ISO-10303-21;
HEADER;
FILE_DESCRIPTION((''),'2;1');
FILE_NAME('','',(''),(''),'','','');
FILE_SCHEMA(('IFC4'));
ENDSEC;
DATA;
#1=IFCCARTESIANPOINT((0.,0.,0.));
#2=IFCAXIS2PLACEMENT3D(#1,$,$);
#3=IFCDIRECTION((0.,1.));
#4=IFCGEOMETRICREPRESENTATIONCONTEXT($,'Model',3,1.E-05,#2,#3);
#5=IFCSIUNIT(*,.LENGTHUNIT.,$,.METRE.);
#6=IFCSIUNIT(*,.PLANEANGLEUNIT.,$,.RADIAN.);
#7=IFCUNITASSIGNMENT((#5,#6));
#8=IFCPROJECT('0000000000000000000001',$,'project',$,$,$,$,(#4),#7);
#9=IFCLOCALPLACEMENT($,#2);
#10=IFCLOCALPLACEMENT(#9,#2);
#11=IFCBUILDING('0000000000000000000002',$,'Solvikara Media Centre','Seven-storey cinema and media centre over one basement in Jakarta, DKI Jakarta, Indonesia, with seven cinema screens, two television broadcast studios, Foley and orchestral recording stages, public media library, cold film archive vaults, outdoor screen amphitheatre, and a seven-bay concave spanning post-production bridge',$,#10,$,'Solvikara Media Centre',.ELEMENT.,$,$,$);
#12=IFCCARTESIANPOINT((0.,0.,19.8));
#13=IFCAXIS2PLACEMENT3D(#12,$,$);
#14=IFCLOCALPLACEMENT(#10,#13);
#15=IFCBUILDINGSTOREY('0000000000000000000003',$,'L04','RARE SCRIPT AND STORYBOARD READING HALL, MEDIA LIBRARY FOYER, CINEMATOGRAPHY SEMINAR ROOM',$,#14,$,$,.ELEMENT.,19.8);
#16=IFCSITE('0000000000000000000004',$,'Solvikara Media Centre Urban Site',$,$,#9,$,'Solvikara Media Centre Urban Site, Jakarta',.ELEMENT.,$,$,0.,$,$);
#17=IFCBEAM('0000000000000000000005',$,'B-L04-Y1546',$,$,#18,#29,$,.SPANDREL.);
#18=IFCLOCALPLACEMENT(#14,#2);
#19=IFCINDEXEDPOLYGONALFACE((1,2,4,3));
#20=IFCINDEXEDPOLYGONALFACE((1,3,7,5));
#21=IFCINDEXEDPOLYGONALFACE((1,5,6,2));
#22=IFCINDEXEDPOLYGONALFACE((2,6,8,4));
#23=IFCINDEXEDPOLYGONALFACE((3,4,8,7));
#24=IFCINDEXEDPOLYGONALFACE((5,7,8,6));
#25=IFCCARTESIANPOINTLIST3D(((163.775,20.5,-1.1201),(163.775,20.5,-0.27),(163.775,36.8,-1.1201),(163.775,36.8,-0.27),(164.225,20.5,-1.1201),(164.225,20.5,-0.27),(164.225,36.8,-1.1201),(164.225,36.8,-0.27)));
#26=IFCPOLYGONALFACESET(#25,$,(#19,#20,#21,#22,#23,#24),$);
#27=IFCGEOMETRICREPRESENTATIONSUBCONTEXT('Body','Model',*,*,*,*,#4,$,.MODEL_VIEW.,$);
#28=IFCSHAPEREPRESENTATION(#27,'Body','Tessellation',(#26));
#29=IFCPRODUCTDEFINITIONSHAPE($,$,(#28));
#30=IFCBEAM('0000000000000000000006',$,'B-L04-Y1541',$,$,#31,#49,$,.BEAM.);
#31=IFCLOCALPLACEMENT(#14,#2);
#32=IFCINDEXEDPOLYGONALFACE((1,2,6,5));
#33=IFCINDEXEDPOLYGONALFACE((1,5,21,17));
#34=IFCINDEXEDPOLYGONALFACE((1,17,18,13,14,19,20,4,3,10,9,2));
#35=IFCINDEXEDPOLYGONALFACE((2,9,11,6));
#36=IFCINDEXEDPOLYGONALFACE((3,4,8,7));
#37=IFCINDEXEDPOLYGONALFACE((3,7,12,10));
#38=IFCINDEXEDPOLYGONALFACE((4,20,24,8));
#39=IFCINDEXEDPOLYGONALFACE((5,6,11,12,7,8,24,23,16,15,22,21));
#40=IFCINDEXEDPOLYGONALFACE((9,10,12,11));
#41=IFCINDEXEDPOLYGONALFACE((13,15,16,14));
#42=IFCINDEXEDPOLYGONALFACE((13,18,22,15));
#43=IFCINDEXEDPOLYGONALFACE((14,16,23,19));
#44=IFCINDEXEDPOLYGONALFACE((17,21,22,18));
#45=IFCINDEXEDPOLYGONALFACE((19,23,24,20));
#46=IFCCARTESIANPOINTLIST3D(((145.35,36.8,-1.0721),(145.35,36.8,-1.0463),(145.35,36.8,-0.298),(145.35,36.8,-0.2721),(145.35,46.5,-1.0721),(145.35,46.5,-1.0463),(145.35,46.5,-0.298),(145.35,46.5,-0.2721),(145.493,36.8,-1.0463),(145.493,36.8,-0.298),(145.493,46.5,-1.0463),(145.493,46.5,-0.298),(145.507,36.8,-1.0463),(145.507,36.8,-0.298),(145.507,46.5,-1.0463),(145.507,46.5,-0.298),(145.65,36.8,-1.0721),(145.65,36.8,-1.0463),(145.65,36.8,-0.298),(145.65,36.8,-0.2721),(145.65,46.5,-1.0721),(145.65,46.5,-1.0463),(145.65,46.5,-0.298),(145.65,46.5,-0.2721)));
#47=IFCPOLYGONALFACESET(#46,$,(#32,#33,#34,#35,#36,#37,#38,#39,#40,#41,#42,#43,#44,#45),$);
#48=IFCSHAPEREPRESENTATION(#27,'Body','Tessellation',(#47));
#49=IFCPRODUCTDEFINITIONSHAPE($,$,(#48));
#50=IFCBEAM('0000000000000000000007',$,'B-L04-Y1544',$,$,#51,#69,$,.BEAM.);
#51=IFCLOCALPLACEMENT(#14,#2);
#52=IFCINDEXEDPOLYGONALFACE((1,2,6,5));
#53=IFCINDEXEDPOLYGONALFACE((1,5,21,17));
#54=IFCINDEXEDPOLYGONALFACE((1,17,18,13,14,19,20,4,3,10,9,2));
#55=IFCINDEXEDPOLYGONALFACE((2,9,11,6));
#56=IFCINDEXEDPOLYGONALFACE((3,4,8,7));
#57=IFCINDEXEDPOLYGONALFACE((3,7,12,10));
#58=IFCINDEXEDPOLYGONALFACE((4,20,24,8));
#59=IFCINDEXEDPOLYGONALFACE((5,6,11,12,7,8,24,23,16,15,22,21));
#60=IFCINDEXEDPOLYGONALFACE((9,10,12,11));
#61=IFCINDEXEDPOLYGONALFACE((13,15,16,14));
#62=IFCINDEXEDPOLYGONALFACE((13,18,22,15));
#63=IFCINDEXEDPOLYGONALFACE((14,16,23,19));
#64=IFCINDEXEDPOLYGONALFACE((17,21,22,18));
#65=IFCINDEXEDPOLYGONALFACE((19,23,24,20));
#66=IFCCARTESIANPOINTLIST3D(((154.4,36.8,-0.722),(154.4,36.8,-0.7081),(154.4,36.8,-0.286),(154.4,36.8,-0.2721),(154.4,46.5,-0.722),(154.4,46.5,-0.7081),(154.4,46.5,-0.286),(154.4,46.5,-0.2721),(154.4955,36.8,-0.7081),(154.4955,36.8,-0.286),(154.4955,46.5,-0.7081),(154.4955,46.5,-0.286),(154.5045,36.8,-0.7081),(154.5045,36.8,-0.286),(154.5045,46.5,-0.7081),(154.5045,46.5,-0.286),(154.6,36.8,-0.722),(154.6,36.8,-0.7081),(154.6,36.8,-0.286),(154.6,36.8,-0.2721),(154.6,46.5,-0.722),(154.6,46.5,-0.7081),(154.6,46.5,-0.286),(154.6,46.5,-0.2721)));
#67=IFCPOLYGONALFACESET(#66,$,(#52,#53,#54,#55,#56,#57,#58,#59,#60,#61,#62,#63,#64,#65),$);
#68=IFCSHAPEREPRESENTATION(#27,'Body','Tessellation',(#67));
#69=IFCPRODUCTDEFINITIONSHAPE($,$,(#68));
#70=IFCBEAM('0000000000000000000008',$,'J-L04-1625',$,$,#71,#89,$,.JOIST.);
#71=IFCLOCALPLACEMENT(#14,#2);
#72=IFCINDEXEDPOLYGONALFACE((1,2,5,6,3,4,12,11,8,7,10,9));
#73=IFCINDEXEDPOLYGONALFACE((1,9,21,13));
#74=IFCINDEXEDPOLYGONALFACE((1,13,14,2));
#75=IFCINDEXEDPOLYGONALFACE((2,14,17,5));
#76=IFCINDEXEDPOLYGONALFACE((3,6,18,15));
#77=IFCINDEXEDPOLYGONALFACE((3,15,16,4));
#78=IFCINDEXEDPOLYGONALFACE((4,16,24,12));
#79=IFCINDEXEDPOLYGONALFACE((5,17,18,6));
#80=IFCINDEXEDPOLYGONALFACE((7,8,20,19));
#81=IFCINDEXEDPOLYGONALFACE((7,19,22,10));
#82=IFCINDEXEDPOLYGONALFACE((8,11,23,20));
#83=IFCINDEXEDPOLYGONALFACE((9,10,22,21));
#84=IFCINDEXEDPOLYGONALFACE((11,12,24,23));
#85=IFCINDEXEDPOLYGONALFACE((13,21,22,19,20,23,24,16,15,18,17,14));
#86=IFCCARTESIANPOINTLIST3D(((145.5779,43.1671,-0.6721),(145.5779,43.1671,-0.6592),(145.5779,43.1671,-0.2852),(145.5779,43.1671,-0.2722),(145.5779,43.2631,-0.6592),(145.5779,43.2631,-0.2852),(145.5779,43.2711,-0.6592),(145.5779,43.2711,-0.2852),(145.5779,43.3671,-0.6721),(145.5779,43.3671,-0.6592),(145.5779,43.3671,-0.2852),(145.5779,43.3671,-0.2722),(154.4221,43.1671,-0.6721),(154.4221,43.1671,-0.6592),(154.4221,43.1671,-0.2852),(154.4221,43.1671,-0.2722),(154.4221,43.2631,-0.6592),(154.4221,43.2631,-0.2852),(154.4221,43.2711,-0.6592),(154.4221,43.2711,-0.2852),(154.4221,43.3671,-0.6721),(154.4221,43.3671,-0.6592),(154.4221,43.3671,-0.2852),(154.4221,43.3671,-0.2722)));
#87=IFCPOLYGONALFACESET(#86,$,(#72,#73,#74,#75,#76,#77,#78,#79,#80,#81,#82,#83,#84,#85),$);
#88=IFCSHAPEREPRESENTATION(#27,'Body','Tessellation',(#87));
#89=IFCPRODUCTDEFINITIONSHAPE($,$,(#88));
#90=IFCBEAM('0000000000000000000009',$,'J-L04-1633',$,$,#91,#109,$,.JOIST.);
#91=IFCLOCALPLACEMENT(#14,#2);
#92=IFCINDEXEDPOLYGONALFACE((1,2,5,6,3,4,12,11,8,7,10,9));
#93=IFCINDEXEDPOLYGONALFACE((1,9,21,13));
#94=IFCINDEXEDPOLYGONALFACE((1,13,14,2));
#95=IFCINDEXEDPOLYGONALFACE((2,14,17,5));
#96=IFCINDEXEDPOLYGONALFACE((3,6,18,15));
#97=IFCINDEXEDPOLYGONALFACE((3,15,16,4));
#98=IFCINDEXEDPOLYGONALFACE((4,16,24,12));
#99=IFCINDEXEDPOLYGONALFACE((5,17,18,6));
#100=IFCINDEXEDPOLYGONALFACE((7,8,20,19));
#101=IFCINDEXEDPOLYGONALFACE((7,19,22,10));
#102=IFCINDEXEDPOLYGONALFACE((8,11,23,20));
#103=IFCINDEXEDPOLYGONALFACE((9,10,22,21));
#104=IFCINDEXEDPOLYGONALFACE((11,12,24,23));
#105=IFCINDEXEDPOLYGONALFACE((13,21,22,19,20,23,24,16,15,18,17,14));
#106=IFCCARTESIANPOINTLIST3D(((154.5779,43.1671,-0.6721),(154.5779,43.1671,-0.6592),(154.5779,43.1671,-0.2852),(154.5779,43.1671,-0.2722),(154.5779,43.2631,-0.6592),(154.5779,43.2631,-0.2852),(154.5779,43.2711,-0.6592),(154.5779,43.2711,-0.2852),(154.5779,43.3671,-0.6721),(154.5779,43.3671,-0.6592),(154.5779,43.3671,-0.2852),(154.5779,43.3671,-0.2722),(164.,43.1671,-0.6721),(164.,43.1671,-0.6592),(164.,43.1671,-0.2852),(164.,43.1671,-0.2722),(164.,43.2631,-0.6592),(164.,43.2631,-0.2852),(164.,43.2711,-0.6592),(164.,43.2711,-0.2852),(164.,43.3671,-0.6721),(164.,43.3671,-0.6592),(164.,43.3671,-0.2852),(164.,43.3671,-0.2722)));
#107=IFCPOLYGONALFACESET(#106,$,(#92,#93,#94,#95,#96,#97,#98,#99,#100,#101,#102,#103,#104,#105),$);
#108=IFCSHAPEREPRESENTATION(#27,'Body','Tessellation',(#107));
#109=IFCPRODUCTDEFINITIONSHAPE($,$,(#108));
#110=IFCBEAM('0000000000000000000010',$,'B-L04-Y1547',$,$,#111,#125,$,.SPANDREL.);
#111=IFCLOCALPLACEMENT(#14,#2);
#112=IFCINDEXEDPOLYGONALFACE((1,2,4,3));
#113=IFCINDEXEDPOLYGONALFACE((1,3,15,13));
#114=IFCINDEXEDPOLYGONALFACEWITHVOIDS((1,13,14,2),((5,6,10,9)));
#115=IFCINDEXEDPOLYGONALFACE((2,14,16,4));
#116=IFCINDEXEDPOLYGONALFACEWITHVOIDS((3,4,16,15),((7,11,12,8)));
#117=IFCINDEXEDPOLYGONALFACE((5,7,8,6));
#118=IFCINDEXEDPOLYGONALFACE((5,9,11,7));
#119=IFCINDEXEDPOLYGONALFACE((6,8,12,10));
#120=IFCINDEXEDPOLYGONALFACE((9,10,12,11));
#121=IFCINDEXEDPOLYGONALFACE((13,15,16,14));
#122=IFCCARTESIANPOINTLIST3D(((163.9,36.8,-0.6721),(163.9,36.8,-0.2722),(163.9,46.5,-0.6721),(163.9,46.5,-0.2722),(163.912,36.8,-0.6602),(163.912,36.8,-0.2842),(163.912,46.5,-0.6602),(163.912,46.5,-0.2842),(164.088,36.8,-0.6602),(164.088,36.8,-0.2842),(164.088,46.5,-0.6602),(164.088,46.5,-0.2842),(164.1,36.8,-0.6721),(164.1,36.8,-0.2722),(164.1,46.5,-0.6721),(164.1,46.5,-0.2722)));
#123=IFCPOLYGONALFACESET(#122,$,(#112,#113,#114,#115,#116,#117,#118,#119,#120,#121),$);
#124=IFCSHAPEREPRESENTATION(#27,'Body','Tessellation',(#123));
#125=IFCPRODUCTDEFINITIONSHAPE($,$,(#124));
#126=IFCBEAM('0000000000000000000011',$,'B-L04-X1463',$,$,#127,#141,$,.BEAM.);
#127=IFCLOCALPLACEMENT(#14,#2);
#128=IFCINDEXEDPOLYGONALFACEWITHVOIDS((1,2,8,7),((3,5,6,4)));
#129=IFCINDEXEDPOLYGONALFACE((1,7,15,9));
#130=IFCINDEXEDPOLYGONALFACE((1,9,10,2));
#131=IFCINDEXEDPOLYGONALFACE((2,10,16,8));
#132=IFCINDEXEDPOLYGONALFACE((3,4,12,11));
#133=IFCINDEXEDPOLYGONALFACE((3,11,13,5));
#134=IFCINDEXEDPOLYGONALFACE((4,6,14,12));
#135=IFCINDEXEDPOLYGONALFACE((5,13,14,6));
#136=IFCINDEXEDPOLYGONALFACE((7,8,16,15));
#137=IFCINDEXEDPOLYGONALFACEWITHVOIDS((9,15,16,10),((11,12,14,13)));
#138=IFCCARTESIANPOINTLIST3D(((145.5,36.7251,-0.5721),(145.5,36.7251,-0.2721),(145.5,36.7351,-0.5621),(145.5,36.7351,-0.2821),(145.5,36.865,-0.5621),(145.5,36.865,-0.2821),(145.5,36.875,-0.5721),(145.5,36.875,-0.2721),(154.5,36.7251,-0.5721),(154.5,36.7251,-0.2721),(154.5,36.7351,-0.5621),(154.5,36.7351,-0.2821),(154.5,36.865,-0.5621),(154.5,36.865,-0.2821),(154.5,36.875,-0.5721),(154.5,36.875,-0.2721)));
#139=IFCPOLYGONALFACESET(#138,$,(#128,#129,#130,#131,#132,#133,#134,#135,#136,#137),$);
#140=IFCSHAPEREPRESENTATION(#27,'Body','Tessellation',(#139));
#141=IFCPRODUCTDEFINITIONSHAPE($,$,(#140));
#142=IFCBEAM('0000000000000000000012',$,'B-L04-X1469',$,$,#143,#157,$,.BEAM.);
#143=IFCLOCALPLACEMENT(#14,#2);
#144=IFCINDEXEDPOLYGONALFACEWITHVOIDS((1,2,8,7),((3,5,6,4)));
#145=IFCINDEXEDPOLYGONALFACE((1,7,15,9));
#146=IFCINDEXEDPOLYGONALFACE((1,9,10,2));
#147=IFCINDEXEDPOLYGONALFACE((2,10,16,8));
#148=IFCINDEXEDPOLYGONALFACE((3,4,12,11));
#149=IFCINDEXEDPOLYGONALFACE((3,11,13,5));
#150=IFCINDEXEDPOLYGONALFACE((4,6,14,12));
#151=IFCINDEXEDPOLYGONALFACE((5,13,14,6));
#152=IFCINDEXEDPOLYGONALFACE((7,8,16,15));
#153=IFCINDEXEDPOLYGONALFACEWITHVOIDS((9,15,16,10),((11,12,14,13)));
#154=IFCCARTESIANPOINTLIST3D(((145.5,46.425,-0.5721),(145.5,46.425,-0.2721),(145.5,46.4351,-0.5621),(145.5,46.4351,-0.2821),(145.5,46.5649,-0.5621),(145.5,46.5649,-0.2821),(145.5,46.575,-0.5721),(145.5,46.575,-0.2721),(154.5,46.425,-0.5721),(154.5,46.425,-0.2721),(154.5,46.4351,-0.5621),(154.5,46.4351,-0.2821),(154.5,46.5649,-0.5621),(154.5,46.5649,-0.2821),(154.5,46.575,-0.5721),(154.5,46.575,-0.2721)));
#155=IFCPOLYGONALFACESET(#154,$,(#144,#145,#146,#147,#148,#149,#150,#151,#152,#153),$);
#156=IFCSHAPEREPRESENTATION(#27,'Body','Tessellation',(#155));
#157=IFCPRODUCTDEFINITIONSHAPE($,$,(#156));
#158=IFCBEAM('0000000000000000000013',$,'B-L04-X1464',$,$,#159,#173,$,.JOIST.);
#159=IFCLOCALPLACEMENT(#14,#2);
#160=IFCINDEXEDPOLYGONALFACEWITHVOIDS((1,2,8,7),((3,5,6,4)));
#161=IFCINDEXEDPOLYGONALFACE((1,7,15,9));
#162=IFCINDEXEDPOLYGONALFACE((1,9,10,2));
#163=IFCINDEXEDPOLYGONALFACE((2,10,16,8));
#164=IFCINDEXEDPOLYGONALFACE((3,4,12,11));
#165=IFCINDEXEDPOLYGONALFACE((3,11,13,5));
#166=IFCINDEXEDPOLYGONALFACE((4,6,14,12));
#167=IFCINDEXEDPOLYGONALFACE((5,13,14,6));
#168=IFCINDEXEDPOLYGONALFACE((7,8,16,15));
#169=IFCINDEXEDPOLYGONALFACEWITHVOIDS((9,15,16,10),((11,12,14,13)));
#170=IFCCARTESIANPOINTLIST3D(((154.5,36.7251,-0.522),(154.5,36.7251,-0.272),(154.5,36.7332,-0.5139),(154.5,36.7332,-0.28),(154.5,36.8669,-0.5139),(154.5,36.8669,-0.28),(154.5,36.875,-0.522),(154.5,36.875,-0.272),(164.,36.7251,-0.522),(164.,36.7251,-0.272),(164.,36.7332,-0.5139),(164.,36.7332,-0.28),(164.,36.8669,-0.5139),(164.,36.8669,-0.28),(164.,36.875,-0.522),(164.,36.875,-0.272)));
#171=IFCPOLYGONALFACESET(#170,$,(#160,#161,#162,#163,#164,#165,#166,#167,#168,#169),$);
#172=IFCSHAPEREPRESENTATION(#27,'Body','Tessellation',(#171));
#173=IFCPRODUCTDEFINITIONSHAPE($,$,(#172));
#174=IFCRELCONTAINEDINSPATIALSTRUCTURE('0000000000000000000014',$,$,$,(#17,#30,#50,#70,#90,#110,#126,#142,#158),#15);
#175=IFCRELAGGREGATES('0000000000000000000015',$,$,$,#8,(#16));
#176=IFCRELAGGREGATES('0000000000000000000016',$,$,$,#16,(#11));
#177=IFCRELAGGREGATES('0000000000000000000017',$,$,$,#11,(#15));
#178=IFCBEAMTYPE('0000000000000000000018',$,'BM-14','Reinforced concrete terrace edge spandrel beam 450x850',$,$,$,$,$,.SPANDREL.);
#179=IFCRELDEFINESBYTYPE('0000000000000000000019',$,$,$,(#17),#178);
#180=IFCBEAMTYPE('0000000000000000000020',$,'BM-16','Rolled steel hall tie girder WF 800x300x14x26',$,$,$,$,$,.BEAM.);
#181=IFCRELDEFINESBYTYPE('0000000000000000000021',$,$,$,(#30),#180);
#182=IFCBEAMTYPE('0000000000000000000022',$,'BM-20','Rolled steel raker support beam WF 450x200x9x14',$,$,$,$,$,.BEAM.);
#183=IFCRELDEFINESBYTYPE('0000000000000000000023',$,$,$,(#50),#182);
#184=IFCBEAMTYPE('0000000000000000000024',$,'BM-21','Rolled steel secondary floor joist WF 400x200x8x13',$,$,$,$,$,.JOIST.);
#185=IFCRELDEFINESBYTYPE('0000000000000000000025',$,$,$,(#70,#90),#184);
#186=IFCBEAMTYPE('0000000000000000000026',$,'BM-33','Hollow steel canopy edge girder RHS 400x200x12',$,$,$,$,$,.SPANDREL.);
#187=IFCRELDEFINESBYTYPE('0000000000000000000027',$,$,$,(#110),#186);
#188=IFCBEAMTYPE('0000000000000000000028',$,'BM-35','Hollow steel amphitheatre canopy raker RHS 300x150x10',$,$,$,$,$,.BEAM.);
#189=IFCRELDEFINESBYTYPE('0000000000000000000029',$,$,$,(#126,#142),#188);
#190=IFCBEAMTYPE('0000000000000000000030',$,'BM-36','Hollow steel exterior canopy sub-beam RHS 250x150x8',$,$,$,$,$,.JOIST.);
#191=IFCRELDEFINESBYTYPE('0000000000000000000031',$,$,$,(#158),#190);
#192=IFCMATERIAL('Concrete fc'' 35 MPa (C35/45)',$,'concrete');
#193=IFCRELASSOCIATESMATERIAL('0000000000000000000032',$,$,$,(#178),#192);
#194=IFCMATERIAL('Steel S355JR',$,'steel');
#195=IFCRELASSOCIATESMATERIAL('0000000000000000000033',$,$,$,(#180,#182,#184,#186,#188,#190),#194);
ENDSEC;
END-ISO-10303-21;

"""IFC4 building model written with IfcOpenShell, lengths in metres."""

from ifc_helpers import new_model, si_unit, direction, frame, origin, origin_2d, place, context, subcontext, project, spatial, rectangle, hollow_rectangle, i_section, extrude, material, material_profile, profile_set, type_object, element, save


model = new_model("IFC4")

# Units and contexts
model_context = context("Model", 3, precision=1e-05, world=origin(), true_north=direction((0.0, 1.0)))
body_context = subcontext(model_context, "Body", "Model", "MODEL_VIEW")
ifc_project = project(units=[si_unit("LENGTHUNIT", "METRE"), si_unit("PLANEANGLEUNIT", "RADIAN")], contexts=[model_context])

# Site, building, storey
site_placement = place(None, origin())
site = spatial("IfcSite", under=ifc_project, at=site_placement, Name="Solvikara Media Centre Urban Site", LongName="Solvikara Media Centre Urban Site, Jakarta", CompositionType="ELEMENT", RefElevation=0.0)
building_placement = place(site_placement, origin())
building = spatial("IfcBuilding", under=site, at=building_placement, Name="Solvikara Media Centre", Description="Seven-storey cinema and media centre over one basement in Jakarta, DKI Jakarta, Indonesia, with seven cinema screens, two television broadcast studios, Foley and orchestral recording stages, public media library, cold film archive vaults, outdoor screen amphitheatre, and a seven-bay concave spanning post-production bridge", LongName="Solvikara Media Centre", CompositionType="ELEMENT")
storey_placement = place(building_placement, frame((0.0, 0.0, 19.8)))
storey = spatial("IfcBuildingStorey", under=building, at=storey_placement, Name="L04", Description="RARE SCRIPT AND STORYBOARD READING HALL, MEDIA LIBRARY FOYER, CINEMATOGRAPHY SEMINAR ROOM", CompositionType="ELEMENT", Elevation=19.8)

# Beams
ifc_material_1 = material(Name="Concrete fc' 35 MPa (C35/45)", Category="concrete")
ifc_material_profile_1 = material_profile(ifc_material_1, rectangle(XDim=0.45, YDim=0.8501, at=origin_2d()), Name="RC 450x850")
ifc_profile_set_1 = profile_set([ifc_material_profile_1], Name="Concrete fc' 35 MPa (C35/45)")
beam_type_1 = type_object("IfcBeamType", Name="BM-14", Description="Reinforced concrete terrace edge spandrel beam 450x850", PredefinedType="SPANDREL", material=ifc_profile_set_1)
beam_1_placement = place(storey_placement, frame((164.0, 20.5, -0.6951), z_axis=(0.0, 1.0, 0.0), x_axis=(-1.0, 0.0, 0.0)))
element("IfcBeam", 1, at=beam_1_placement, inside=storey, type_object=beam_type_1, Name="B-L04-Y1546", PredefinedType="SPANDREL", context=body_context, shape_type="SweptSolid", body=[
    extrude(rectangle(XDim=0.45, YDim=0.8501, at=origin_2d()), origin(), (0.0, 0.0, 1.0), 16.3),
])
ifc_material_2 = material(Name="Steel S355JR", Category="steel")
ifc_material_profile_2 = material_profile(ifc_material_2, i_section(OverallWidth=0.3, OverallDepth=0.8, WebThickness=0.0139, FlangeThickness=0.0259, at=origin_2d()), Name="WF 800x300x14x26")
ifc_profile_set_2 = profile_set([ifc_material_profile_2], Name="Steel S355JR")
beam_type_2 = type_object("IfcBeamType", Name="BM-16", Description="Rolled steel hall tie girder WF 800x300x14x26", PredefinedType="BEAM", material=ifc_profile_set_2)
beam_2_placement = place(storey_placement, frame((145.5, 36.8, -0.6721), z_axis=(0.0, 1.0, 0.0), x_axis=(-1.0, 0.0, 0.0)))
element("IfcBeam", 2, at=beam_2_placement, inside=storey, type_object=beam_type_2, Name="B-L04-Y1541", PredefinedType="BEAM", context=body_context, shape_type="SweptSolid", body=[
    extrude(i_section(OverallWidth=0.3, OverallDepth=0.8, WebThickness=0.0139, FlangeThickness=0.0259, at=origin_2d()), origin(), (0.0, 0.0, 1.0), 9.7),
])
ifc_material_profile_3 = material_profile(ifc_material_2, i_section(OverallWidth=0.2, OverallDepth=0.45, WebThickness=0.009, FlangeThickness=0.0139, at=origin_2d()), Name="WF 450x200x9x14")
ifc_profile_set_3 = profile_set([ifc_material_profile_3], Name="Steel S355JR")
beam_type_3 = type_object("IfcBeamType", Name="BM-20", Description="Rolled steel raker support beam WF 450x200x9x14", PredefinedType="BEAM", material=ifc_profile_set_3)
beam_3_placement = place(storey_placement, frame((154.5, 36.8, -0.4971), z_axis=(0.0, 1.0, 0.0), x_axis=(-1.0, 0.0, 0.0)))
element("IfcBeam", 3, at=beam_3_placement, inside=storey, type_object=beam_type_3, Name="B-L04-Y1544", PredefinedType="BEAM", context=body_context, shape_type="SweptSolid", body=[
    extrude(i_section(OverallWidth=0.2, OverallDepth=0.45, WebThickness=0.009, FlangeThickness=0.0139, at=origin_2d()), origin(), (0.0, 0.0, 1.0), 9.7),
])
ifc_material_profile_4 = material_profile(ifc_material_2, i_section(OverallWidth=0.2, OverallDepth=0.3999, WebThickness=0.0081, FlangeThickness=0.0129, at=origin_2d()), Name="WF 400x200x8x13")
ifc_profile_set_4 = profile_set([ifc_material_profile_4], Name="Steel S355JR")
beam_type_4 = type_object("IfcBeamType", Name="BM-21", Description="Rolled steel secondary floor joist WF 400x200x8x13", PredefinedType="JOIST", material=ifc_profile_set_4)
beam_4_placement = place(storey_placement, frame((145.5779, 43.2671, -0.4722), z_axis=(1.0, 0.0, 0.0), x_axis=(0.0, 1.0, 0.0)))
element("IfcBeam", 4, at=beam_4_placement, inside=storey, type_object=beam_type_4, Name="J-L04-1625", PredefinedType="JOIST", context=body_context, shape_type="SweptSolid", body=[
    extrude(i_section(OverallWidth=0.2, OverallDepth=0.3999, WebThickness=0.0081, FlangeThickness=0.0129, at=origin_2d()), origin(), (0.0, 0.0, 1.0), 8.8442),
])
beam_5_placement = place(storey_placement, frame((154.5779, 43.2671, -0.4722), z_axis=(1.0, 0.0, 0.0), x_axis=(0.0, 1.0, 0.0)))
element("IfcBeam", 5, at=beam_5_placement, inside=storey, type_object=beam_type_4, Name="J-L04-1633", PredefinedType="JOIST", context=body_context, shape_type="SweptSolid", body=[
    extrude(i_section(OverallWidth=0.2, OverallDepth=0.3999, WebThickness=0.0081, FlangeThickness=0.0129, at=origin_2d()), origin(), (0.0, 0.0, 1.0), 9.4221),
])
ifc_material_profile_5 = material_profile(ifc_material_2, hollow_rectangle(XDim=0.2, YDim=0.3999, WallThickness=0.012, at=origin_2d()), Name="RHS 400x200x12")
ifc_profile_set_5 = profile_set([ifc_material_profile_5], Name="Steel S355JR")
beam_type_5 = type_object("IfcBeamType", Name="BM-33", Description="Hollow steel canopy edge girder RHS 400x200x12", PredefinedType="SPANDREL", material=ifc_profile_set_5)
beam_6_placement = place(storey_placement, frame((164.0, 36.8, -0.4722), z_axis=(0.0, 1.0, 0.0), x_axis=(-1.0, 0.0, 0.0)))
element("IfcBeam", 6, at=beam_6_placement, inside=storey, type_object=beam_type_5, Name="B-L04-Y1547", PredefinedType="SPANDREL", context=body_context, shape_type="SweptSolid", body=[
    extrude(hollow_rectangle(XDim=0.2, YDim=0.3999, WallThickness=0.012, at=origin_2d()), origin(), (0.0, 0.0, 1.0), 9.7),
])
ifc_material_profile_6 = material_profile(ifc_material_2, hollow_rectangle(XDim=0.1499, YDim=0.3, WallThickness=0.01, at=origin_2d()), Name="RHS 300x150x10")
ifc_profile_set_6 = profile_set([ifc_material_profile_6], Name="Steel S355JR")
beam_type_6 = type_object("IfcBeamType", Name="BM-35", Description="Hollow steel amphitheatre canopy raker RHS 300x150x10", PredefinedType="BEAM", material=ifc_profile_set_6)
for number, where, z_axis, x_axis, name in (
    (7, (145.5, 36.8, -0.4221), (1.0, 0.0, 0.0), (0.0, 1.0, 0.0), "B-L04-X1463"),
    (8, (145.5, 46.5, -0.4221), (1.0, 0.0, 0.0), (0.0, 1.0, 0.0), "B-L04-X1469"),
):
    element("IfcBeam", number, at=place(storey_placement, frame(where, z_axis=z_axis, x_axis=x_axis)), inside=storey, type_object=beam_type_6, Name=name, PredefinedType="BEAM", context=body_context, shape_type="SweptSolid", body=[
        extrude(hollow_rectangle(XDim=0.1499, YDim=0.3, WallThickness=0.01, at=origin_2d()), origin(), (0.0, 0.0, 1.0), 9.0),
    ])
ifc_material_profile_7 = material_profile(ifc_material_2, hollow_rectangle(XDim=0.1499, YDim=0.25, WallThickness=0.0081, at=origin_2d()), Name="RHS 250x150x8")
ifc_profile_set_7 = profile_set([ifc_material_profile_7], Name="Steel S355JR")
beam_type_7 = type_object("IfcBeamType", Name="BM-36", Description="Hollow steel exterior canopy sub-beam RHS 250x150x8", PredefinedType="JOIST", material=ifc_profile_set_7)
for number, where, z_axis, x_axis, name in (
    (9, (154.5, 36.8, -0.397), (1.0, 0.0, 0.0), (0.0, 1.0, 0.0), "B-L04-X1464"),
):
    element("IfcBeam", number, at=place(storey_placement, frame(where, z_axis=z_axis, x_axis=x_axis)), inside=storey, type_object=beam_type_7, Name=name, PredefinedType="JOIST", context=body_context, shape_type="SweptSolid", body=[
        extrude(hollow_rectangle(XDim=0.1499, YDim=0.25, WallThickness=0.0081, at=origin_2d()), origin(), (0.0, 0.0, 1.0), 9.5),
    ])

save(model, "model.ifc")
